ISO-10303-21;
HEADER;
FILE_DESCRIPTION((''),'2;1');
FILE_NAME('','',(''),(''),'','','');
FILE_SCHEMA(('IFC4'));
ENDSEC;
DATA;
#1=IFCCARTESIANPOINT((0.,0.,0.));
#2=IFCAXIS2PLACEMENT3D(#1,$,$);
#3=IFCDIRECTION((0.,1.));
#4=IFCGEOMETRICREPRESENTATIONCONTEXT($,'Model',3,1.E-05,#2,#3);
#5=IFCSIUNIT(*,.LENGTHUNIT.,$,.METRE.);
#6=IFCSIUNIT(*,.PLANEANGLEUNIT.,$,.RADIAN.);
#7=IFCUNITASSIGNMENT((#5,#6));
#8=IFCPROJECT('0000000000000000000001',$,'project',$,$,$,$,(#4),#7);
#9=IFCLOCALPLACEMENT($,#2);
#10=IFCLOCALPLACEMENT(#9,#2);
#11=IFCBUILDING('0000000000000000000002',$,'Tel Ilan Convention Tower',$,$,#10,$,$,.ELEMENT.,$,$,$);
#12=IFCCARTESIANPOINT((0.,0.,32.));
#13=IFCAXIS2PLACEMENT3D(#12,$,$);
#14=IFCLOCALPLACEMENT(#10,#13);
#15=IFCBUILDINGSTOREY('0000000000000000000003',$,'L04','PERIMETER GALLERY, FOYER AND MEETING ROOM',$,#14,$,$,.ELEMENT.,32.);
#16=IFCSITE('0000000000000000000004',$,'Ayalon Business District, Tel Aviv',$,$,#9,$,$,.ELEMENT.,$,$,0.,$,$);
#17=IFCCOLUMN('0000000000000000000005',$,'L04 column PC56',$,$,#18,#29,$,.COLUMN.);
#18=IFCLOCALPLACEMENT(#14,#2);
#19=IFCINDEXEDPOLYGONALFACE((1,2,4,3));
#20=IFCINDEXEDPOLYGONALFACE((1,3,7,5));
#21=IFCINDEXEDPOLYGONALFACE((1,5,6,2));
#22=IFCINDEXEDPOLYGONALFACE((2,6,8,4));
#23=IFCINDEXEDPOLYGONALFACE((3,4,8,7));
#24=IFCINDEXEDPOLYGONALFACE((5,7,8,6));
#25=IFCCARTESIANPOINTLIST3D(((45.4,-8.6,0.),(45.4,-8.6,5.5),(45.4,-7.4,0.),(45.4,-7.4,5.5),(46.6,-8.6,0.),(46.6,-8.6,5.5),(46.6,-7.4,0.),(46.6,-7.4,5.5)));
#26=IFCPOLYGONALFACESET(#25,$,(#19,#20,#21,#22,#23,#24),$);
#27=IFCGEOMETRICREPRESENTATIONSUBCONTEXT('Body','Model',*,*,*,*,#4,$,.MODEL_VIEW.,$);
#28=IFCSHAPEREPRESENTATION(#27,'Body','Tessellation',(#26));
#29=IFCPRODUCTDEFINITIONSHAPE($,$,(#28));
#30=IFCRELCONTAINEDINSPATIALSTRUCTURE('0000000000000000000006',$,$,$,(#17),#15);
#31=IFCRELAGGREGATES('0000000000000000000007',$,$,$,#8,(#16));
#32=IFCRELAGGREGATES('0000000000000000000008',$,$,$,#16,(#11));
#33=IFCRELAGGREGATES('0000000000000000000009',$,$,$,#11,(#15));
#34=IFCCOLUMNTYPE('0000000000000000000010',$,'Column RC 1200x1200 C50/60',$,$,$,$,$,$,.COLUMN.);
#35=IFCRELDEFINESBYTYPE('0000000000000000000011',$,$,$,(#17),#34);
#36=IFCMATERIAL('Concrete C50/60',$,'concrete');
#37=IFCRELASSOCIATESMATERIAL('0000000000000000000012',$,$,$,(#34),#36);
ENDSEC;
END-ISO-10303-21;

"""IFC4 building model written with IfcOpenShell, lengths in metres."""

from ifc_helpers import new_model, si_unit, direction, frame, origin, origin_2d, place, context, subcontext, project, spatial, rectangle, extrude, material, material_profile, profile_set, type_object, element, save


model = new_model("IFC4")

# Units and contexts
model_context = context("Model", 3, precision=1e-05, world=origin(), true_north=direction((0.0, 1.0)))
body_context = subcontext(model_context, "Body", "Model", "MODEL_VIEW")
ifc_project = project(units=[si_unit("LENGTHUNIT", "METRE"), si_unit("PLANEANGLEUNIT", "RADIAN")], contexts=[model_context])

# Site, building, storey
site_placement = place(None, origin())
site = spatial("IfcSite", under=ifc_project, at=site_placement, Name="Ayalon Business District, Tel Aviv", CompositionType="ELEMENT", RefElevation=0.0)
building_placement = place(site_placement, origin())
building = spatial("IfcBuilding", under=site, at=building_placement, Name="Tel Ilan Convention Tower", CompositionType="ELEMENT")
storey_placement = place(building_placement, frame((0.0, 0.0, 32.0)))
storey = spatial("IfcBuildingStorey", under=building, at=storey_placement, Name="L04", Description="PERIMETER GALLERY, FOYER AND MEETING ROOM", CompositionType="ELEMENT", Elevation=32.0)

# Column
ifc_material_1 = material(Name="Concrete C50/60", Category="concrete")
ifc_material_profile = material_profile(ifc_material_1, rectangle(XDim=1.2, YDim=1.2, at=origin_2d()), Name="RC 1200x1200")
ifc_profile_set = profile_set([ifc_material_profile], Name="Concrete C50/60")
column_type = type_object("IfcColumnType", Name="Column RC 1200x1200 C50/60", PredefinedType="COLUMN", material=ifc_profile_set)
column_placement = place(storey_placement, frame((46.0, -8.0, 0.0), z_axis=(0.0, 0.0, 1.0), x_axis=(1.0, 0.0, 0.0)))
element("IfcColumn", 1, at=column_placement, inside=storey, type_object=column_type, Name="L04 column PC56", PredefinedType="COLUMN", context=body_context, shape_type="SweptSolid", body=[
    extrude(rectangle(XDim=1.2, YDim=1.2, at=origin_2d()), origin(), (0.0, 0.0, 1.0), 5.5),
])

save(model, "model.ifc")
